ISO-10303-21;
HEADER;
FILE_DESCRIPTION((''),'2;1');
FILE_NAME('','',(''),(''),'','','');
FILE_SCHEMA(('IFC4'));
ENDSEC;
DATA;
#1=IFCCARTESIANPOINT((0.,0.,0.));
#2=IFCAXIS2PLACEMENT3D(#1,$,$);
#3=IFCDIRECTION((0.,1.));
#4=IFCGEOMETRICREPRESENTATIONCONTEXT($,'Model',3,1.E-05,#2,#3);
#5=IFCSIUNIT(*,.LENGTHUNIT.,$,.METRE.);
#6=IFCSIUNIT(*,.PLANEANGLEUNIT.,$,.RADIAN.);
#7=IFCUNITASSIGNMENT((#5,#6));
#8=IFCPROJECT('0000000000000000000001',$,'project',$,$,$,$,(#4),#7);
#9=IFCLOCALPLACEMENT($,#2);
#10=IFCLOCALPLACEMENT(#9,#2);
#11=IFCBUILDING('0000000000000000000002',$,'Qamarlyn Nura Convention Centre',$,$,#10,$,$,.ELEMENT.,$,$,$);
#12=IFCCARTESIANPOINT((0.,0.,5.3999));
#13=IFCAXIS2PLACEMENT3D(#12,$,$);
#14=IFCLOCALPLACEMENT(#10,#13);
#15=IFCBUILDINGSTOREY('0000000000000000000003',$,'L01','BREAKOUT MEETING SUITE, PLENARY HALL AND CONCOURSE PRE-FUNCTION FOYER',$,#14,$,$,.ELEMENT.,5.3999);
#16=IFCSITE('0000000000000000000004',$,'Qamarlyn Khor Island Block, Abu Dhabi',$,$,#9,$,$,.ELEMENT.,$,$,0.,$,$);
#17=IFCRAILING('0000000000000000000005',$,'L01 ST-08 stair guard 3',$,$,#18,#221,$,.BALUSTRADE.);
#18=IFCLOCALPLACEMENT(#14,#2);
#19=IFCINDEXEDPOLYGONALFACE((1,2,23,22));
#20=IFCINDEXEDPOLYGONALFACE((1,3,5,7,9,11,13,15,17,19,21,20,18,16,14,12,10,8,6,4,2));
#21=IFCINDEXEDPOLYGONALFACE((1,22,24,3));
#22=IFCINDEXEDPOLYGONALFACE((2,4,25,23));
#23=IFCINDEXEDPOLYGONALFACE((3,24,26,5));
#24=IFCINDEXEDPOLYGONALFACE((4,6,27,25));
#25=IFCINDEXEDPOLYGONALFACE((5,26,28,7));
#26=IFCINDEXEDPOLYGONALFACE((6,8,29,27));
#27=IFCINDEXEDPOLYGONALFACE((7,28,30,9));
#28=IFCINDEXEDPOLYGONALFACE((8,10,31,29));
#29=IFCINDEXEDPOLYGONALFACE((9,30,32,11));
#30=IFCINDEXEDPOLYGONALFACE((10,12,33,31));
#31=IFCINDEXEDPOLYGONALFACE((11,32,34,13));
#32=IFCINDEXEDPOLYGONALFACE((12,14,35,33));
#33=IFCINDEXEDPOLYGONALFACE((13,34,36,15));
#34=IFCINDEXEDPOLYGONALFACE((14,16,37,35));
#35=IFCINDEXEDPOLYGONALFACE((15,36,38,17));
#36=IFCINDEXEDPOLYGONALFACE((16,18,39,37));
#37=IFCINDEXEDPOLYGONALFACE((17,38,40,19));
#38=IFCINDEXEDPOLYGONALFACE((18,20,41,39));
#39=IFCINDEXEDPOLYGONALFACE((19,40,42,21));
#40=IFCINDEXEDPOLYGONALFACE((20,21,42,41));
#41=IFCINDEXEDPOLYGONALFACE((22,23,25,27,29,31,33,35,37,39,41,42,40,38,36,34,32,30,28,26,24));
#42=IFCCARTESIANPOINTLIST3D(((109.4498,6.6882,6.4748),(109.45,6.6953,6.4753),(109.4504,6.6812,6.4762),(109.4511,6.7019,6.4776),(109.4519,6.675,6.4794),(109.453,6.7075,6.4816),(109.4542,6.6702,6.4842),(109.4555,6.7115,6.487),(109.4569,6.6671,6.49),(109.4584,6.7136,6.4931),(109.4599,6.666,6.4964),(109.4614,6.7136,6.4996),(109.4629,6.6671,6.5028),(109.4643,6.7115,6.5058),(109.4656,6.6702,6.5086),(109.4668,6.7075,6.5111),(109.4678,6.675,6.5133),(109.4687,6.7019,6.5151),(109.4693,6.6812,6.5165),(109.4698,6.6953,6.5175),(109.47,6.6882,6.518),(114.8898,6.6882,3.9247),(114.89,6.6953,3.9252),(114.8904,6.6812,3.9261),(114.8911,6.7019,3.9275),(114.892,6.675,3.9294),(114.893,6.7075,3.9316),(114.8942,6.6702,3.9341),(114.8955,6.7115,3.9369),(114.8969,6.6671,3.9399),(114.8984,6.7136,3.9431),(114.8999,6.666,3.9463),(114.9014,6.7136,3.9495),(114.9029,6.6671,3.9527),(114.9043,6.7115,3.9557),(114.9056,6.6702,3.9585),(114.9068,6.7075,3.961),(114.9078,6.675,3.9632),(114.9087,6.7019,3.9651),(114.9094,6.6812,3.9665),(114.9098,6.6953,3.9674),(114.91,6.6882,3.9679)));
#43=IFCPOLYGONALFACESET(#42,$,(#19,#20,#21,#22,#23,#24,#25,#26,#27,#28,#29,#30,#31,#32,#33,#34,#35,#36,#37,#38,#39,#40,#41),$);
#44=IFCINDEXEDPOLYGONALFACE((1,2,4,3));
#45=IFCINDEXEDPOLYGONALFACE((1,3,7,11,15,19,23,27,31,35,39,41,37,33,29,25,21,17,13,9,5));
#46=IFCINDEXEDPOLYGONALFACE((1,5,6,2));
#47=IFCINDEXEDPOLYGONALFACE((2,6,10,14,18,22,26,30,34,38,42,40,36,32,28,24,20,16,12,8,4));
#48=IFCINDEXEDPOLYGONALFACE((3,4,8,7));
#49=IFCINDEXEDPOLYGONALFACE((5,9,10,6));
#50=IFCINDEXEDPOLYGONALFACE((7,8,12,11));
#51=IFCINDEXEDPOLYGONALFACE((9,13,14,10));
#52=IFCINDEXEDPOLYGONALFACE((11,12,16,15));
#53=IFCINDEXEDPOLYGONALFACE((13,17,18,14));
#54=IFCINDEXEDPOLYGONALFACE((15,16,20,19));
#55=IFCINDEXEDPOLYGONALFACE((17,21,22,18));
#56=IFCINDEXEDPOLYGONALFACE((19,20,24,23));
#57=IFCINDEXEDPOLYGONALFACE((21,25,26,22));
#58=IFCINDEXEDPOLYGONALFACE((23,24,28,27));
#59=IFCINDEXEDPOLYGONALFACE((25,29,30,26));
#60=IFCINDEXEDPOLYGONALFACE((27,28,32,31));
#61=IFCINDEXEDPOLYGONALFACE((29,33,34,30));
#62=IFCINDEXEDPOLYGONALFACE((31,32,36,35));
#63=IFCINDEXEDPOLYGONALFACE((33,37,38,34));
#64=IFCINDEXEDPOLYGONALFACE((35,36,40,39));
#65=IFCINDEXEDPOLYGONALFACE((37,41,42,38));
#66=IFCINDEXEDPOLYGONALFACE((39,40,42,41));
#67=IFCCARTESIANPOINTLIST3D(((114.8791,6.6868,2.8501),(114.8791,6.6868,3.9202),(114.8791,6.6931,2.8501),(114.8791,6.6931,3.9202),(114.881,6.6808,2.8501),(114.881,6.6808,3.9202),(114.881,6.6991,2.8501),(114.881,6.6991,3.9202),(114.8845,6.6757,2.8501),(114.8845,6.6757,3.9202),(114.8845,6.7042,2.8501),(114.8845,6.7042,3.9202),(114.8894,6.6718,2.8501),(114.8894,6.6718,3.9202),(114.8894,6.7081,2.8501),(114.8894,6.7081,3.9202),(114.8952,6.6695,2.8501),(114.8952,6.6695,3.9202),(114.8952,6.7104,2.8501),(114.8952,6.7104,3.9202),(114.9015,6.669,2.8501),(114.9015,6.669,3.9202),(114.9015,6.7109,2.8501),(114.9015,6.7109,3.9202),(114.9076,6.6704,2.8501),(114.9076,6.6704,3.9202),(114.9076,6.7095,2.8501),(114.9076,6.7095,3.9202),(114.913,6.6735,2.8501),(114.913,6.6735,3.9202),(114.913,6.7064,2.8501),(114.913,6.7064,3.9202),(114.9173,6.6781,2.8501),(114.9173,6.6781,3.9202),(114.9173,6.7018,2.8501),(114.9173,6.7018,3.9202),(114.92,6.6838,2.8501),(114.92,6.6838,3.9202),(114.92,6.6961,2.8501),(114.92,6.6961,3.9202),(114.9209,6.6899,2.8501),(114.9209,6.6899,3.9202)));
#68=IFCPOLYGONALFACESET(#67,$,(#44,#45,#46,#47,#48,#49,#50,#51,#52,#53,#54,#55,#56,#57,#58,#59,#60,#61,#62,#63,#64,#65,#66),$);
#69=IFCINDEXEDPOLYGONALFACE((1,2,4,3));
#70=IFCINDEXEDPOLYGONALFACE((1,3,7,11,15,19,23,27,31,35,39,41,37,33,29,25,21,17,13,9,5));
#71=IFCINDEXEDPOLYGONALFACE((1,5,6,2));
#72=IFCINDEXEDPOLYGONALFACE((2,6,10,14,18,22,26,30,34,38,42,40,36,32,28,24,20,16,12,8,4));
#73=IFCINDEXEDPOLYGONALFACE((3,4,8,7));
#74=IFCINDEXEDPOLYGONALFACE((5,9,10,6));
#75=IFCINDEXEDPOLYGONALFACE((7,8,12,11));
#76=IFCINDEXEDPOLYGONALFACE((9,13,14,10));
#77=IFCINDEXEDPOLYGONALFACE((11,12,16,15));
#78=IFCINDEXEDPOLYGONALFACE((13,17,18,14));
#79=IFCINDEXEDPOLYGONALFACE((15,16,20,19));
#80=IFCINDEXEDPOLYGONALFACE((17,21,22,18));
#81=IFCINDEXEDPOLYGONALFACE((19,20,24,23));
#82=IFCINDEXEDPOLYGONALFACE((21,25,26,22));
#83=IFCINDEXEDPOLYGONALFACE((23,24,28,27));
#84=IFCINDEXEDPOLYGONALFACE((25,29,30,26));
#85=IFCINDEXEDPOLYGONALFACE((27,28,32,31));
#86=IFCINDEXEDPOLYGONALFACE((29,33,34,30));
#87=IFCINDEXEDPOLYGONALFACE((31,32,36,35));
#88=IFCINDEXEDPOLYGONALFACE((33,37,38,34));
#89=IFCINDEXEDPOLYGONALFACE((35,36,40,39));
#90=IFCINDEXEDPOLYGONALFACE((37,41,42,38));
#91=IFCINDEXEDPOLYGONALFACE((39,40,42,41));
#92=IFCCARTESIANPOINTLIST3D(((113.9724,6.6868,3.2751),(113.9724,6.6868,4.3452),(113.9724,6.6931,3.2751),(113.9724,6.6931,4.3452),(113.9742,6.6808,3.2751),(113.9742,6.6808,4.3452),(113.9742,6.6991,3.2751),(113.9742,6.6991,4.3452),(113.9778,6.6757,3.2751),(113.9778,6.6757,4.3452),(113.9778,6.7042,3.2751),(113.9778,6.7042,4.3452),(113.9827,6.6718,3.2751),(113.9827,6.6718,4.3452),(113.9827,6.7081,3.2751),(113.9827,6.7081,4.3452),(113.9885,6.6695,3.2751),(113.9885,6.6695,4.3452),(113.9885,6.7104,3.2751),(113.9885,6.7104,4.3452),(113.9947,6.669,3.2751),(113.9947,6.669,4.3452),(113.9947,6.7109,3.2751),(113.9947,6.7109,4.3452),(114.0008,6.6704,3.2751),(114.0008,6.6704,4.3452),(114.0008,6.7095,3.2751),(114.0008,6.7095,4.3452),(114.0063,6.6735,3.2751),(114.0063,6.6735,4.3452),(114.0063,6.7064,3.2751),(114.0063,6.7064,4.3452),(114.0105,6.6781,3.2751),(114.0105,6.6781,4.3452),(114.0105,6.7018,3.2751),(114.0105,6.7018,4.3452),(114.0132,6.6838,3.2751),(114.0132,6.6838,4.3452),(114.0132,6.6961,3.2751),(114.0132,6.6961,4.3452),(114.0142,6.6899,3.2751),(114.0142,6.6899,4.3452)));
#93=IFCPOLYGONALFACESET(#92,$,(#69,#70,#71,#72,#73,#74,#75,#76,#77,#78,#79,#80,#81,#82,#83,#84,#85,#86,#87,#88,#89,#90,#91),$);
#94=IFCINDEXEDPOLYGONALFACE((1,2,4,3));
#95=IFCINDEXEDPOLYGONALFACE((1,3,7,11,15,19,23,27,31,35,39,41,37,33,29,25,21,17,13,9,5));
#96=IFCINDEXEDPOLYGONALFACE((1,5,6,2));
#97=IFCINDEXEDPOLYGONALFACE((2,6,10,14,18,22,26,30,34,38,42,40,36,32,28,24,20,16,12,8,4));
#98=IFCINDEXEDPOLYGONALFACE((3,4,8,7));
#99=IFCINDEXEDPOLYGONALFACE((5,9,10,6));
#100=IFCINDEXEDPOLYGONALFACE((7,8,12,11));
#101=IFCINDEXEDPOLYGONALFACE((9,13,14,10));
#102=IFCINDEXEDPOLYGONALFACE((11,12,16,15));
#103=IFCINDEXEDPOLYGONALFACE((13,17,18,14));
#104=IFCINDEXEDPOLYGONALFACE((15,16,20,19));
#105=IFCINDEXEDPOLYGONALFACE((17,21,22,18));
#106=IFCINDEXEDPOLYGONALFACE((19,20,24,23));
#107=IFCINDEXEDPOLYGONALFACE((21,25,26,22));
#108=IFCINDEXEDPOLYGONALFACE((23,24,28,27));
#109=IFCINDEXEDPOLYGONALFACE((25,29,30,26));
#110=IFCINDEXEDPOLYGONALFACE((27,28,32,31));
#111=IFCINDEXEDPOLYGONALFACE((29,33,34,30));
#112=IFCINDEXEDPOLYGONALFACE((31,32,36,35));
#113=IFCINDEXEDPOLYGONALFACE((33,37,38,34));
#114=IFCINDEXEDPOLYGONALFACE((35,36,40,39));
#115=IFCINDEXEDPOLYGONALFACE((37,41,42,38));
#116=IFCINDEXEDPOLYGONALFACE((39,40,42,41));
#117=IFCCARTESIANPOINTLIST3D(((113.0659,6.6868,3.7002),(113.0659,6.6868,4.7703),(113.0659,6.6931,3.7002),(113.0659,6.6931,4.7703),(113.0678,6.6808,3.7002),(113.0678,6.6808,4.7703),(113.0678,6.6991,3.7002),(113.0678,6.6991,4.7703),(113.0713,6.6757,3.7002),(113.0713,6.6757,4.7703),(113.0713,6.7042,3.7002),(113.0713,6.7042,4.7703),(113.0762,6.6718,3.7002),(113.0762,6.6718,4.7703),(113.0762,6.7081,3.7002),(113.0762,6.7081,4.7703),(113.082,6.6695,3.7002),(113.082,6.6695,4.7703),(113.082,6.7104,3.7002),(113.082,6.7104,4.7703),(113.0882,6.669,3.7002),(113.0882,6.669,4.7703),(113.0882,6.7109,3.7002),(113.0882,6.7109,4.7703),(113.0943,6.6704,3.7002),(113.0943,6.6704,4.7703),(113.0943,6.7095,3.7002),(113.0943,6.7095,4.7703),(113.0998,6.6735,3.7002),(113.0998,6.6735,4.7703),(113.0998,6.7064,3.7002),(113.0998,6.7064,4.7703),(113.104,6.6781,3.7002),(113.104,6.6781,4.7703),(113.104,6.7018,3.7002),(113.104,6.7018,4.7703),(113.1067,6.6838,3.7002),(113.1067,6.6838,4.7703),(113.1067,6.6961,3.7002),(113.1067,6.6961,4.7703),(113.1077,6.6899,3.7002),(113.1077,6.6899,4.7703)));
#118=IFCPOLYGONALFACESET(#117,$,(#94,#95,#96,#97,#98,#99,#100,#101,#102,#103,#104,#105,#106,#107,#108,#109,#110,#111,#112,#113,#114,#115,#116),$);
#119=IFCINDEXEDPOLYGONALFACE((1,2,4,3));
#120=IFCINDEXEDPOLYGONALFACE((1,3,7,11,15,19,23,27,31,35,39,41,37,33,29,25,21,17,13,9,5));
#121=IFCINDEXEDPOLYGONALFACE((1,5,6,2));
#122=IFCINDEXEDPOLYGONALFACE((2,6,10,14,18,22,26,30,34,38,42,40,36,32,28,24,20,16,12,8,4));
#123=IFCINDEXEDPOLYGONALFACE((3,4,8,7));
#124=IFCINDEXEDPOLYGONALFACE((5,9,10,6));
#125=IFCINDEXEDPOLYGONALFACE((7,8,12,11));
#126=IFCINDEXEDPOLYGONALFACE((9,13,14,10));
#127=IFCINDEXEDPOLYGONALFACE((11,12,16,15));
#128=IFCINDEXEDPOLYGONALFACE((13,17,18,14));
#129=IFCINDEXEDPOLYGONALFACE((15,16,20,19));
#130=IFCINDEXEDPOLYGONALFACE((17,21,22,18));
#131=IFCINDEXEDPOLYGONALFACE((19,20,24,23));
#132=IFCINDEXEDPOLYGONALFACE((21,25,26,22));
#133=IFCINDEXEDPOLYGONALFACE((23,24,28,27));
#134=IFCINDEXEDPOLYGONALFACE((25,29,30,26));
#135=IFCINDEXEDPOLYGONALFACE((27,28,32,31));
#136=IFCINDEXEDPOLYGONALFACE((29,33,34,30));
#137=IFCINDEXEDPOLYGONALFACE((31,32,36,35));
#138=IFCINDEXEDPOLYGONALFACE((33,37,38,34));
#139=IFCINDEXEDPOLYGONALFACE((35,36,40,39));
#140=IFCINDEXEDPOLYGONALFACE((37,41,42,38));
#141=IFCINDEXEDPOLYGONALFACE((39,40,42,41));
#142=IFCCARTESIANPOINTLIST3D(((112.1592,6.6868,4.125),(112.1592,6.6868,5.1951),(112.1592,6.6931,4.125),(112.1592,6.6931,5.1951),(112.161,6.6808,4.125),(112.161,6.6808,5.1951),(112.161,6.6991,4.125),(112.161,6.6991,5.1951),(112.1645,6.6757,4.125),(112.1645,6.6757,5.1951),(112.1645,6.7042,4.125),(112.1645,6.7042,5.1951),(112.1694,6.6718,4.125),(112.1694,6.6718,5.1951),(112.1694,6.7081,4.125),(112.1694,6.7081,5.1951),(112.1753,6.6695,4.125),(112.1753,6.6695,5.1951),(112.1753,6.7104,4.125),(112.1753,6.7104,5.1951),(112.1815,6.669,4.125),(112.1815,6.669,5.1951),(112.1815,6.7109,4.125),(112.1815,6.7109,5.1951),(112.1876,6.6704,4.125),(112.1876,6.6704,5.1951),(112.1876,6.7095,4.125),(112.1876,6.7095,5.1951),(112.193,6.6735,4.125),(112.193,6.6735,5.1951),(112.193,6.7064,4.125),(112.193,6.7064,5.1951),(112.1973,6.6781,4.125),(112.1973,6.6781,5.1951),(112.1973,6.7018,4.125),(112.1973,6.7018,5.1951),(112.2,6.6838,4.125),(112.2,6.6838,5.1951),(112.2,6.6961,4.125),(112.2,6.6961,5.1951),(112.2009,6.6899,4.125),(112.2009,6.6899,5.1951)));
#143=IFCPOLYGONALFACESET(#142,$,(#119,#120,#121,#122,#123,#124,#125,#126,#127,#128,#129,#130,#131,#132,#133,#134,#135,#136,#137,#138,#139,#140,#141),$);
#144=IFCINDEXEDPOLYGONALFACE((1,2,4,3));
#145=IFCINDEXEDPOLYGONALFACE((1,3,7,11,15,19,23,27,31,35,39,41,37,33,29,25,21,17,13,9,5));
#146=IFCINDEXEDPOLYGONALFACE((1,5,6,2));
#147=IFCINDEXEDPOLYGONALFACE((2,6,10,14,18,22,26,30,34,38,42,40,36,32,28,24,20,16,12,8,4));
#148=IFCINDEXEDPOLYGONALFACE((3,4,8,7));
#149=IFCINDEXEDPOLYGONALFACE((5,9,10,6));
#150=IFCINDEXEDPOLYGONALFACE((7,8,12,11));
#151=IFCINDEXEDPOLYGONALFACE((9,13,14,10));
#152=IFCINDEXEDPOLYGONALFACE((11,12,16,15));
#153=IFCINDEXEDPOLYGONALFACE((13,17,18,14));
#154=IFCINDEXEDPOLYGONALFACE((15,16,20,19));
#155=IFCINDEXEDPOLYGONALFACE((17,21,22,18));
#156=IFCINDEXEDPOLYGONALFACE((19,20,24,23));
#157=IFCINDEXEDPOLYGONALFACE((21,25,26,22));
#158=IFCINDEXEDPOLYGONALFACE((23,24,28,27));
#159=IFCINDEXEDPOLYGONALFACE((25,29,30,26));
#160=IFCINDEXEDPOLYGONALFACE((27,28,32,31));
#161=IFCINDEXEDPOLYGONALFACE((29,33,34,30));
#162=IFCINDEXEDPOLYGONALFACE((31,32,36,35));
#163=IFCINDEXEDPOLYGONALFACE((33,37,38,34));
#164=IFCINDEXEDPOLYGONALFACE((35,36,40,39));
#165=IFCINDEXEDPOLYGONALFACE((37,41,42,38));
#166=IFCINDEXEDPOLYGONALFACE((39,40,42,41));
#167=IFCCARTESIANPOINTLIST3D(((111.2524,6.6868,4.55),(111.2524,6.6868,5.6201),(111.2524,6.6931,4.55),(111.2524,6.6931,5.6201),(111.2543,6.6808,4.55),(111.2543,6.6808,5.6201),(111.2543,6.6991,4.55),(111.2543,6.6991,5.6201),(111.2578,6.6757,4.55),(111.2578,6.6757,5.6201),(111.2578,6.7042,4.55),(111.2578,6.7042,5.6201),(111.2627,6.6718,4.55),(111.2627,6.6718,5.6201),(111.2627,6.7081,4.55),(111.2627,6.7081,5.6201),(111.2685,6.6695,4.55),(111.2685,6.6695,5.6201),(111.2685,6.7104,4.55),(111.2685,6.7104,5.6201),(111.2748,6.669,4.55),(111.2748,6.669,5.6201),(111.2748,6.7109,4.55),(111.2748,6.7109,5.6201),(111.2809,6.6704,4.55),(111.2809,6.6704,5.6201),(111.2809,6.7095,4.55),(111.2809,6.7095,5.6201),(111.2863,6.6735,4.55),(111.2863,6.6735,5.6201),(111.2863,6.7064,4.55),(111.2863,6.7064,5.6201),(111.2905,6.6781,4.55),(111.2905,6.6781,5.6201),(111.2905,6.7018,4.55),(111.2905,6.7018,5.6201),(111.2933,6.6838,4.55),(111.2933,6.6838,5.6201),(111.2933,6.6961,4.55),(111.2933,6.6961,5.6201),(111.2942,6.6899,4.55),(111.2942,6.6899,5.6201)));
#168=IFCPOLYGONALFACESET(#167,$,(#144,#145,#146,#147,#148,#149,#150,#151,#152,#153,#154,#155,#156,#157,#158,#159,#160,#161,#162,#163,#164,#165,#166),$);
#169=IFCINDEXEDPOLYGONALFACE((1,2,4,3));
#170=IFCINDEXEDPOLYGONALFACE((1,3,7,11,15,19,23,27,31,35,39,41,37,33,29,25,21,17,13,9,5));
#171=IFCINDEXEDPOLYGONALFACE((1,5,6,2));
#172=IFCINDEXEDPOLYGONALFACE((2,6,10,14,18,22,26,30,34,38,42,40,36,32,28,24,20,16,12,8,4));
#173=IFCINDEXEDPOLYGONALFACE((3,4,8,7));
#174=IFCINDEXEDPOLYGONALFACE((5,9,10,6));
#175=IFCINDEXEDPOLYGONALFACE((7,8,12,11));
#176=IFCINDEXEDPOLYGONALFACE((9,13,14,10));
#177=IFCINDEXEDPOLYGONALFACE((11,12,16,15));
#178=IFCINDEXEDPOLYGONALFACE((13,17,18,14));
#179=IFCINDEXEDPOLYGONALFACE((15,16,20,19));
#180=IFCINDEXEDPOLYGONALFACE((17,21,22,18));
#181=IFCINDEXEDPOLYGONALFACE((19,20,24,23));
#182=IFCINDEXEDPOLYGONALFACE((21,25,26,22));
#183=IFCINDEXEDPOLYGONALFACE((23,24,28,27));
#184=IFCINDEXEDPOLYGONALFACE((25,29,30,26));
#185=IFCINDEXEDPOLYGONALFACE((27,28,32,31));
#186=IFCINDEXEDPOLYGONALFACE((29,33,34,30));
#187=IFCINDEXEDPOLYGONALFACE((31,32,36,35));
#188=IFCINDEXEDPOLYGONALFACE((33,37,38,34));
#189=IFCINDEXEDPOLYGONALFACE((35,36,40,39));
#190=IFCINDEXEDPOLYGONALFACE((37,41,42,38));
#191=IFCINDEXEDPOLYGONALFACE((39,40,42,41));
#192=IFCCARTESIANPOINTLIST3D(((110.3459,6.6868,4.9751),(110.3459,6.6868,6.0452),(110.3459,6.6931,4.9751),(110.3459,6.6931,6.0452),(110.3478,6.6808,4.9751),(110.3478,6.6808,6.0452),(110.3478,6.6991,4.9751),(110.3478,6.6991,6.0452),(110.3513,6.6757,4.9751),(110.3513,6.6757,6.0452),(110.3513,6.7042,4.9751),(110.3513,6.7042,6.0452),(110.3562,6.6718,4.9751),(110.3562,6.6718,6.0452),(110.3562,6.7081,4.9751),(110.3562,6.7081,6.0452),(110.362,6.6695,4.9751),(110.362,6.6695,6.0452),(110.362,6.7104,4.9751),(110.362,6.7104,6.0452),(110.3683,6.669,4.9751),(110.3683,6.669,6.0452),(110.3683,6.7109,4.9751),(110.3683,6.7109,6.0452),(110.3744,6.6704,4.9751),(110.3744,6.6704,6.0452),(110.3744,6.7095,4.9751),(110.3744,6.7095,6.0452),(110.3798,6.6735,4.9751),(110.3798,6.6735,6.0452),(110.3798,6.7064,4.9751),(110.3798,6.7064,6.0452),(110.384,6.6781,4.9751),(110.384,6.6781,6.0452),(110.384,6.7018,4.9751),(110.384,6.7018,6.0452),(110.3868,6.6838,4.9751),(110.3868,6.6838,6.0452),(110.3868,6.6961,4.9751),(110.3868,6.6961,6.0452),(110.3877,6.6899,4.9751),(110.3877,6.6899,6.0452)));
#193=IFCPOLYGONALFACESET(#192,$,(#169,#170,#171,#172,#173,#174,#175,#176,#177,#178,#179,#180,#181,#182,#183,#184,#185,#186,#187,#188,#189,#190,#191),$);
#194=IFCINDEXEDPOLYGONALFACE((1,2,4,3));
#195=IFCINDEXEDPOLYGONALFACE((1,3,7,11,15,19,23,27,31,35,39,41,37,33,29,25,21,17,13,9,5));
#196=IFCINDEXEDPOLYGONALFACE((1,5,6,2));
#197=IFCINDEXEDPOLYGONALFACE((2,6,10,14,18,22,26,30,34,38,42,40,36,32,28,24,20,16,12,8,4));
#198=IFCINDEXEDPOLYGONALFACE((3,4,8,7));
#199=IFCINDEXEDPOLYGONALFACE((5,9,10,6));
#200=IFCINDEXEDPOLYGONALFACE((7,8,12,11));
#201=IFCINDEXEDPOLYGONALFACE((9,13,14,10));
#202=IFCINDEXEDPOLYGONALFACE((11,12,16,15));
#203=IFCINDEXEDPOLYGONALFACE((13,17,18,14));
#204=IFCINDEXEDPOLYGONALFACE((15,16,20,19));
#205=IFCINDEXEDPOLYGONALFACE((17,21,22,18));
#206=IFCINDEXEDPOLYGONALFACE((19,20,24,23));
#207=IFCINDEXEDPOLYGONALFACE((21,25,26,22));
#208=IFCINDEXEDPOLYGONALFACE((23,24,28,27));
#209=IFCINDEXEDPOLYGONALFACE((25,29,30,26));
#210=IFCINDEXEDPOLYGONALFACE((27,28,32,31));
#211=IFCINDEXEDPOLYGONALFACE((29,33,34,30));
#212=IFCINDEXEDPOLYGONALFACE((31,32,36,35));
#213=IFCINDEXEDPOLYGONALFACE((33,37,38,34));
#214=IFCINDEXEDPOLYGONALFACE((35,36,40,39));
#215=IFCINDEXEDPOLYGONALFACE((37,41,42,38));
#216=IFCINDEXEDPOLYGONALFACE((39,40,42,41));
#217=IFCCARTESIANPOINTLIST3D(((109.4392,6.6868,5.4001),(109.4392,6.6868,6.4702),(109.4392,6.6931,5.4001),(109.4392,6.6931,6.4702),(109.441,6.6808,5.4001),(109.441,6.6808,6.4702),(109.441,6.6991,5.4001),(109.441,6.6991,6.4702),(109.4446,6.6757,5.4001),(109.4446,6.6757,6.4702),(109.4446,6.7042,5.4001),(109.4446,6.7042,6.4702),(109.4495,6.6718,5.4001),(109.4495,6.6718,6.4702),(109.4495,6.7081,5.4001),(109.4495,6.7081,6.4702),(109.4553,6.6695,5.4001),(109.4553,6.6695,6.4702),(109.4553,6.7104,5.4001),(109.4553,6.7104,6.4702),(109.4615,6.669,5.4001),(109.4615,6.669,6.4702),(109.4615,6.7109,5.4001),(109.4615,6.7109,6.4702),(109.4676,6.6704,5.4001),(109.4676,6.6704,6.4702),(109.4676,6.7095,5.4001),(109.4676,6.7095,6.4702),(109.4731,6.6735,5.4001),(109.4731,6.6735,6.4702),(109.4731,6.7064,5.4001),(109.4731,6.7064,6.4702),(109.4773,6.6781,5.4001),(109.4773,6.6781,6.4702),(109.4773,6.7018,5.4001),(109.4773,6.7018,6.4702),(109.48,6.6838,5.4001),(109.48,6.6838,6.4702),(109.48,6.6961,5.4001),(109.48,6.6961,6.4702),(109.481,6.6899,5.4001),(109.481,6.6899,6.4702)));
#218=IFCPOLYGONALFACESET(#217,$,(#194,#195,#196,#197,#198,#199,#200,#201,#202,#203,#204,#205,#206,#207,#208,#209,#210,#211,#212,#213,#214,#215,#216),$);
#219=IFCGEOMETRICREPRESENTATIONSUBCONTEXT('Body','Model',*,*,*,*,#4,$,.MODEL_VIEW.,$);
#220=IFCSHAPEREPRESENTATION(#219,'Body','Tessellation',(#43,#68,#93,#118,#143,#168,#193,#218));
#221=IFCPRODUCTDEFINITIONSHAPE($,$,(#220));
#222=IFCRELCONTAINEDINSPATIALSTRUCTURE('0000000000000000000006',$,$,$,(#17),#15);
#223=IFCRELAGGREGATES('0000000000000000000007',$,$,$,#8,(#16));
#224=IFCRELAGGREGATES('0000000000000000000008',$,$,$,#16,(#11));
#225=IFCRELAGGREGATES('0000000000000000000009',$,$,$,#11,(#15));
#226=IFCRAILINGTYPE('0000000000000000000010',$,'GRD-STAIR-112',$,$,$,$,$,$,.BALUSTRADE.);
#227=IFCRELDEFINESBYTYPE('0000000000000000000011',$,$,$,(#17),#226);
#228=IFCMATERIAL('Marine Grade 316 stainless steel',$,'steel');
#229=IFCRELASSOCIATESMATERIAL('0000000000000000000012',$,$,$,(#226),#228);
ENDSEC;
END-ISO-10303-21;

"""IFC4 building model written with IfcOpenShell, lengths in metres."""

from ifc_helpers import new_model, si_unit, direction, frame, origin, origin_2d, place, context, subcontext, project, spatial, circle, extrude, material, type_object, element, save


model = new_model("IFC4")

# Units and contexts
model_context = context("Model", 3, precision=1e-05, world=origin(), true_north=direction((0.0, 1.0)))
body_context = subcontext(model_context, "Body", "Model", "MODEL_VIEW")
ifc_project = project(units=[si_unit("LENGTHUNIT", "METRE"), si_unit("PLANEANGLEUNIT", "RADIAN")], contexts=[model_context])

# Site, building, storey
site_placement = place(None, origin())
site = spatial("IfcSite", under=ifc_project, at=site_placement, Name="Qamarlyn Khor Island Block, Abu Dhabi", CompositionType="ELEMENT", RefElevation=0.0)
building_placement = place(site_placement, origin())
building = spatial("IfcBuilding", under=site, at=building_placement, Name="Qamarlyn Nura Convention Centre", CompositionType="ELEMENT")
storey_placement = place(building_placement, frame((0.0, 0.0, 5.3999)))
storey = spatial("IfcBuildingStorey", under=building, at=storey_placement, Name="L01", Description="BREAKOUT MEETING SUITE, PLENARY HALL AND CONCOURSE PRE-FUNCTION FOYER", CompositionType="ELEMENT", Elevation=5.3999)

# Railing
ifc_material_1 = material(Name="Marine Grade 316 stainless steel", Category="steel")
railing_type_1 = type_object("IfcRailingType", Name="GRD-STAIR-112", PredefinedType="BALUSTRADE", material=ifc_material_1)
railing_1_placement = place(storey_placement, frame((114.8999, 6.6899, 2.8501)))
element("IfcRailing", 1, at=railing_1_placement, inside=storey, type_object=railing_type_1, Name="L01 ST-08 stair guard 3", PredefinedType="BALUSTRADE", context=body_context, shape_type="SweptSolid", body=[
    extrude(circle(Radius=0.0239, at=origin_2d()), frame((0.0, 0.0, 1.0962), z_axis=(-0.905454, 0.0, 0.424444), x_axis=(0.0, -1.0, 0.0)), (0.0, 0.0, 1.0), 6.0081),
    extrude(circle(Radius=0.021, at=origin_2d()), origin(), (0.0, 0.0, 1.0), 1.0701),
    extrude(circle(Radius=0.021, at=origin_2d()), frame((-0.9067, 0.0, 0.425)), (0.0, 0.0, 1.0), 1.0701),
    extrude(circle(Radius=0.021, at=origin_2d()), frame((-1.8132, 0.0, 0.8501)), (0.0, 0.0, 1.0), 1.0701),
    extrude(circle(Radius=0.021, at=origin_2d()), frame((-2.72, 0.0, 1.2749)), (0.0, 0.0, 1.0), 1.0701),
    extrude(circle(Radius=0.021, at=origin_2d()), frame((-3.6267, 0.0, 1.7)), (0.0, 0.0, 1.0), 1.0701),
    extrude(circle(Radius=0.021, at=origin_2d()), frame((-4.5332, 0.0, 2.125)), (0.0, 0.0, 1.0), 1.0701),
    extrude(circle(Radius=0.021, at=origin_2d()), frame((-5.4399, 0.0, 2.55)), (0.0, 0.0, 1.0), 1.0701),
])

save(model, "model.ifc")
